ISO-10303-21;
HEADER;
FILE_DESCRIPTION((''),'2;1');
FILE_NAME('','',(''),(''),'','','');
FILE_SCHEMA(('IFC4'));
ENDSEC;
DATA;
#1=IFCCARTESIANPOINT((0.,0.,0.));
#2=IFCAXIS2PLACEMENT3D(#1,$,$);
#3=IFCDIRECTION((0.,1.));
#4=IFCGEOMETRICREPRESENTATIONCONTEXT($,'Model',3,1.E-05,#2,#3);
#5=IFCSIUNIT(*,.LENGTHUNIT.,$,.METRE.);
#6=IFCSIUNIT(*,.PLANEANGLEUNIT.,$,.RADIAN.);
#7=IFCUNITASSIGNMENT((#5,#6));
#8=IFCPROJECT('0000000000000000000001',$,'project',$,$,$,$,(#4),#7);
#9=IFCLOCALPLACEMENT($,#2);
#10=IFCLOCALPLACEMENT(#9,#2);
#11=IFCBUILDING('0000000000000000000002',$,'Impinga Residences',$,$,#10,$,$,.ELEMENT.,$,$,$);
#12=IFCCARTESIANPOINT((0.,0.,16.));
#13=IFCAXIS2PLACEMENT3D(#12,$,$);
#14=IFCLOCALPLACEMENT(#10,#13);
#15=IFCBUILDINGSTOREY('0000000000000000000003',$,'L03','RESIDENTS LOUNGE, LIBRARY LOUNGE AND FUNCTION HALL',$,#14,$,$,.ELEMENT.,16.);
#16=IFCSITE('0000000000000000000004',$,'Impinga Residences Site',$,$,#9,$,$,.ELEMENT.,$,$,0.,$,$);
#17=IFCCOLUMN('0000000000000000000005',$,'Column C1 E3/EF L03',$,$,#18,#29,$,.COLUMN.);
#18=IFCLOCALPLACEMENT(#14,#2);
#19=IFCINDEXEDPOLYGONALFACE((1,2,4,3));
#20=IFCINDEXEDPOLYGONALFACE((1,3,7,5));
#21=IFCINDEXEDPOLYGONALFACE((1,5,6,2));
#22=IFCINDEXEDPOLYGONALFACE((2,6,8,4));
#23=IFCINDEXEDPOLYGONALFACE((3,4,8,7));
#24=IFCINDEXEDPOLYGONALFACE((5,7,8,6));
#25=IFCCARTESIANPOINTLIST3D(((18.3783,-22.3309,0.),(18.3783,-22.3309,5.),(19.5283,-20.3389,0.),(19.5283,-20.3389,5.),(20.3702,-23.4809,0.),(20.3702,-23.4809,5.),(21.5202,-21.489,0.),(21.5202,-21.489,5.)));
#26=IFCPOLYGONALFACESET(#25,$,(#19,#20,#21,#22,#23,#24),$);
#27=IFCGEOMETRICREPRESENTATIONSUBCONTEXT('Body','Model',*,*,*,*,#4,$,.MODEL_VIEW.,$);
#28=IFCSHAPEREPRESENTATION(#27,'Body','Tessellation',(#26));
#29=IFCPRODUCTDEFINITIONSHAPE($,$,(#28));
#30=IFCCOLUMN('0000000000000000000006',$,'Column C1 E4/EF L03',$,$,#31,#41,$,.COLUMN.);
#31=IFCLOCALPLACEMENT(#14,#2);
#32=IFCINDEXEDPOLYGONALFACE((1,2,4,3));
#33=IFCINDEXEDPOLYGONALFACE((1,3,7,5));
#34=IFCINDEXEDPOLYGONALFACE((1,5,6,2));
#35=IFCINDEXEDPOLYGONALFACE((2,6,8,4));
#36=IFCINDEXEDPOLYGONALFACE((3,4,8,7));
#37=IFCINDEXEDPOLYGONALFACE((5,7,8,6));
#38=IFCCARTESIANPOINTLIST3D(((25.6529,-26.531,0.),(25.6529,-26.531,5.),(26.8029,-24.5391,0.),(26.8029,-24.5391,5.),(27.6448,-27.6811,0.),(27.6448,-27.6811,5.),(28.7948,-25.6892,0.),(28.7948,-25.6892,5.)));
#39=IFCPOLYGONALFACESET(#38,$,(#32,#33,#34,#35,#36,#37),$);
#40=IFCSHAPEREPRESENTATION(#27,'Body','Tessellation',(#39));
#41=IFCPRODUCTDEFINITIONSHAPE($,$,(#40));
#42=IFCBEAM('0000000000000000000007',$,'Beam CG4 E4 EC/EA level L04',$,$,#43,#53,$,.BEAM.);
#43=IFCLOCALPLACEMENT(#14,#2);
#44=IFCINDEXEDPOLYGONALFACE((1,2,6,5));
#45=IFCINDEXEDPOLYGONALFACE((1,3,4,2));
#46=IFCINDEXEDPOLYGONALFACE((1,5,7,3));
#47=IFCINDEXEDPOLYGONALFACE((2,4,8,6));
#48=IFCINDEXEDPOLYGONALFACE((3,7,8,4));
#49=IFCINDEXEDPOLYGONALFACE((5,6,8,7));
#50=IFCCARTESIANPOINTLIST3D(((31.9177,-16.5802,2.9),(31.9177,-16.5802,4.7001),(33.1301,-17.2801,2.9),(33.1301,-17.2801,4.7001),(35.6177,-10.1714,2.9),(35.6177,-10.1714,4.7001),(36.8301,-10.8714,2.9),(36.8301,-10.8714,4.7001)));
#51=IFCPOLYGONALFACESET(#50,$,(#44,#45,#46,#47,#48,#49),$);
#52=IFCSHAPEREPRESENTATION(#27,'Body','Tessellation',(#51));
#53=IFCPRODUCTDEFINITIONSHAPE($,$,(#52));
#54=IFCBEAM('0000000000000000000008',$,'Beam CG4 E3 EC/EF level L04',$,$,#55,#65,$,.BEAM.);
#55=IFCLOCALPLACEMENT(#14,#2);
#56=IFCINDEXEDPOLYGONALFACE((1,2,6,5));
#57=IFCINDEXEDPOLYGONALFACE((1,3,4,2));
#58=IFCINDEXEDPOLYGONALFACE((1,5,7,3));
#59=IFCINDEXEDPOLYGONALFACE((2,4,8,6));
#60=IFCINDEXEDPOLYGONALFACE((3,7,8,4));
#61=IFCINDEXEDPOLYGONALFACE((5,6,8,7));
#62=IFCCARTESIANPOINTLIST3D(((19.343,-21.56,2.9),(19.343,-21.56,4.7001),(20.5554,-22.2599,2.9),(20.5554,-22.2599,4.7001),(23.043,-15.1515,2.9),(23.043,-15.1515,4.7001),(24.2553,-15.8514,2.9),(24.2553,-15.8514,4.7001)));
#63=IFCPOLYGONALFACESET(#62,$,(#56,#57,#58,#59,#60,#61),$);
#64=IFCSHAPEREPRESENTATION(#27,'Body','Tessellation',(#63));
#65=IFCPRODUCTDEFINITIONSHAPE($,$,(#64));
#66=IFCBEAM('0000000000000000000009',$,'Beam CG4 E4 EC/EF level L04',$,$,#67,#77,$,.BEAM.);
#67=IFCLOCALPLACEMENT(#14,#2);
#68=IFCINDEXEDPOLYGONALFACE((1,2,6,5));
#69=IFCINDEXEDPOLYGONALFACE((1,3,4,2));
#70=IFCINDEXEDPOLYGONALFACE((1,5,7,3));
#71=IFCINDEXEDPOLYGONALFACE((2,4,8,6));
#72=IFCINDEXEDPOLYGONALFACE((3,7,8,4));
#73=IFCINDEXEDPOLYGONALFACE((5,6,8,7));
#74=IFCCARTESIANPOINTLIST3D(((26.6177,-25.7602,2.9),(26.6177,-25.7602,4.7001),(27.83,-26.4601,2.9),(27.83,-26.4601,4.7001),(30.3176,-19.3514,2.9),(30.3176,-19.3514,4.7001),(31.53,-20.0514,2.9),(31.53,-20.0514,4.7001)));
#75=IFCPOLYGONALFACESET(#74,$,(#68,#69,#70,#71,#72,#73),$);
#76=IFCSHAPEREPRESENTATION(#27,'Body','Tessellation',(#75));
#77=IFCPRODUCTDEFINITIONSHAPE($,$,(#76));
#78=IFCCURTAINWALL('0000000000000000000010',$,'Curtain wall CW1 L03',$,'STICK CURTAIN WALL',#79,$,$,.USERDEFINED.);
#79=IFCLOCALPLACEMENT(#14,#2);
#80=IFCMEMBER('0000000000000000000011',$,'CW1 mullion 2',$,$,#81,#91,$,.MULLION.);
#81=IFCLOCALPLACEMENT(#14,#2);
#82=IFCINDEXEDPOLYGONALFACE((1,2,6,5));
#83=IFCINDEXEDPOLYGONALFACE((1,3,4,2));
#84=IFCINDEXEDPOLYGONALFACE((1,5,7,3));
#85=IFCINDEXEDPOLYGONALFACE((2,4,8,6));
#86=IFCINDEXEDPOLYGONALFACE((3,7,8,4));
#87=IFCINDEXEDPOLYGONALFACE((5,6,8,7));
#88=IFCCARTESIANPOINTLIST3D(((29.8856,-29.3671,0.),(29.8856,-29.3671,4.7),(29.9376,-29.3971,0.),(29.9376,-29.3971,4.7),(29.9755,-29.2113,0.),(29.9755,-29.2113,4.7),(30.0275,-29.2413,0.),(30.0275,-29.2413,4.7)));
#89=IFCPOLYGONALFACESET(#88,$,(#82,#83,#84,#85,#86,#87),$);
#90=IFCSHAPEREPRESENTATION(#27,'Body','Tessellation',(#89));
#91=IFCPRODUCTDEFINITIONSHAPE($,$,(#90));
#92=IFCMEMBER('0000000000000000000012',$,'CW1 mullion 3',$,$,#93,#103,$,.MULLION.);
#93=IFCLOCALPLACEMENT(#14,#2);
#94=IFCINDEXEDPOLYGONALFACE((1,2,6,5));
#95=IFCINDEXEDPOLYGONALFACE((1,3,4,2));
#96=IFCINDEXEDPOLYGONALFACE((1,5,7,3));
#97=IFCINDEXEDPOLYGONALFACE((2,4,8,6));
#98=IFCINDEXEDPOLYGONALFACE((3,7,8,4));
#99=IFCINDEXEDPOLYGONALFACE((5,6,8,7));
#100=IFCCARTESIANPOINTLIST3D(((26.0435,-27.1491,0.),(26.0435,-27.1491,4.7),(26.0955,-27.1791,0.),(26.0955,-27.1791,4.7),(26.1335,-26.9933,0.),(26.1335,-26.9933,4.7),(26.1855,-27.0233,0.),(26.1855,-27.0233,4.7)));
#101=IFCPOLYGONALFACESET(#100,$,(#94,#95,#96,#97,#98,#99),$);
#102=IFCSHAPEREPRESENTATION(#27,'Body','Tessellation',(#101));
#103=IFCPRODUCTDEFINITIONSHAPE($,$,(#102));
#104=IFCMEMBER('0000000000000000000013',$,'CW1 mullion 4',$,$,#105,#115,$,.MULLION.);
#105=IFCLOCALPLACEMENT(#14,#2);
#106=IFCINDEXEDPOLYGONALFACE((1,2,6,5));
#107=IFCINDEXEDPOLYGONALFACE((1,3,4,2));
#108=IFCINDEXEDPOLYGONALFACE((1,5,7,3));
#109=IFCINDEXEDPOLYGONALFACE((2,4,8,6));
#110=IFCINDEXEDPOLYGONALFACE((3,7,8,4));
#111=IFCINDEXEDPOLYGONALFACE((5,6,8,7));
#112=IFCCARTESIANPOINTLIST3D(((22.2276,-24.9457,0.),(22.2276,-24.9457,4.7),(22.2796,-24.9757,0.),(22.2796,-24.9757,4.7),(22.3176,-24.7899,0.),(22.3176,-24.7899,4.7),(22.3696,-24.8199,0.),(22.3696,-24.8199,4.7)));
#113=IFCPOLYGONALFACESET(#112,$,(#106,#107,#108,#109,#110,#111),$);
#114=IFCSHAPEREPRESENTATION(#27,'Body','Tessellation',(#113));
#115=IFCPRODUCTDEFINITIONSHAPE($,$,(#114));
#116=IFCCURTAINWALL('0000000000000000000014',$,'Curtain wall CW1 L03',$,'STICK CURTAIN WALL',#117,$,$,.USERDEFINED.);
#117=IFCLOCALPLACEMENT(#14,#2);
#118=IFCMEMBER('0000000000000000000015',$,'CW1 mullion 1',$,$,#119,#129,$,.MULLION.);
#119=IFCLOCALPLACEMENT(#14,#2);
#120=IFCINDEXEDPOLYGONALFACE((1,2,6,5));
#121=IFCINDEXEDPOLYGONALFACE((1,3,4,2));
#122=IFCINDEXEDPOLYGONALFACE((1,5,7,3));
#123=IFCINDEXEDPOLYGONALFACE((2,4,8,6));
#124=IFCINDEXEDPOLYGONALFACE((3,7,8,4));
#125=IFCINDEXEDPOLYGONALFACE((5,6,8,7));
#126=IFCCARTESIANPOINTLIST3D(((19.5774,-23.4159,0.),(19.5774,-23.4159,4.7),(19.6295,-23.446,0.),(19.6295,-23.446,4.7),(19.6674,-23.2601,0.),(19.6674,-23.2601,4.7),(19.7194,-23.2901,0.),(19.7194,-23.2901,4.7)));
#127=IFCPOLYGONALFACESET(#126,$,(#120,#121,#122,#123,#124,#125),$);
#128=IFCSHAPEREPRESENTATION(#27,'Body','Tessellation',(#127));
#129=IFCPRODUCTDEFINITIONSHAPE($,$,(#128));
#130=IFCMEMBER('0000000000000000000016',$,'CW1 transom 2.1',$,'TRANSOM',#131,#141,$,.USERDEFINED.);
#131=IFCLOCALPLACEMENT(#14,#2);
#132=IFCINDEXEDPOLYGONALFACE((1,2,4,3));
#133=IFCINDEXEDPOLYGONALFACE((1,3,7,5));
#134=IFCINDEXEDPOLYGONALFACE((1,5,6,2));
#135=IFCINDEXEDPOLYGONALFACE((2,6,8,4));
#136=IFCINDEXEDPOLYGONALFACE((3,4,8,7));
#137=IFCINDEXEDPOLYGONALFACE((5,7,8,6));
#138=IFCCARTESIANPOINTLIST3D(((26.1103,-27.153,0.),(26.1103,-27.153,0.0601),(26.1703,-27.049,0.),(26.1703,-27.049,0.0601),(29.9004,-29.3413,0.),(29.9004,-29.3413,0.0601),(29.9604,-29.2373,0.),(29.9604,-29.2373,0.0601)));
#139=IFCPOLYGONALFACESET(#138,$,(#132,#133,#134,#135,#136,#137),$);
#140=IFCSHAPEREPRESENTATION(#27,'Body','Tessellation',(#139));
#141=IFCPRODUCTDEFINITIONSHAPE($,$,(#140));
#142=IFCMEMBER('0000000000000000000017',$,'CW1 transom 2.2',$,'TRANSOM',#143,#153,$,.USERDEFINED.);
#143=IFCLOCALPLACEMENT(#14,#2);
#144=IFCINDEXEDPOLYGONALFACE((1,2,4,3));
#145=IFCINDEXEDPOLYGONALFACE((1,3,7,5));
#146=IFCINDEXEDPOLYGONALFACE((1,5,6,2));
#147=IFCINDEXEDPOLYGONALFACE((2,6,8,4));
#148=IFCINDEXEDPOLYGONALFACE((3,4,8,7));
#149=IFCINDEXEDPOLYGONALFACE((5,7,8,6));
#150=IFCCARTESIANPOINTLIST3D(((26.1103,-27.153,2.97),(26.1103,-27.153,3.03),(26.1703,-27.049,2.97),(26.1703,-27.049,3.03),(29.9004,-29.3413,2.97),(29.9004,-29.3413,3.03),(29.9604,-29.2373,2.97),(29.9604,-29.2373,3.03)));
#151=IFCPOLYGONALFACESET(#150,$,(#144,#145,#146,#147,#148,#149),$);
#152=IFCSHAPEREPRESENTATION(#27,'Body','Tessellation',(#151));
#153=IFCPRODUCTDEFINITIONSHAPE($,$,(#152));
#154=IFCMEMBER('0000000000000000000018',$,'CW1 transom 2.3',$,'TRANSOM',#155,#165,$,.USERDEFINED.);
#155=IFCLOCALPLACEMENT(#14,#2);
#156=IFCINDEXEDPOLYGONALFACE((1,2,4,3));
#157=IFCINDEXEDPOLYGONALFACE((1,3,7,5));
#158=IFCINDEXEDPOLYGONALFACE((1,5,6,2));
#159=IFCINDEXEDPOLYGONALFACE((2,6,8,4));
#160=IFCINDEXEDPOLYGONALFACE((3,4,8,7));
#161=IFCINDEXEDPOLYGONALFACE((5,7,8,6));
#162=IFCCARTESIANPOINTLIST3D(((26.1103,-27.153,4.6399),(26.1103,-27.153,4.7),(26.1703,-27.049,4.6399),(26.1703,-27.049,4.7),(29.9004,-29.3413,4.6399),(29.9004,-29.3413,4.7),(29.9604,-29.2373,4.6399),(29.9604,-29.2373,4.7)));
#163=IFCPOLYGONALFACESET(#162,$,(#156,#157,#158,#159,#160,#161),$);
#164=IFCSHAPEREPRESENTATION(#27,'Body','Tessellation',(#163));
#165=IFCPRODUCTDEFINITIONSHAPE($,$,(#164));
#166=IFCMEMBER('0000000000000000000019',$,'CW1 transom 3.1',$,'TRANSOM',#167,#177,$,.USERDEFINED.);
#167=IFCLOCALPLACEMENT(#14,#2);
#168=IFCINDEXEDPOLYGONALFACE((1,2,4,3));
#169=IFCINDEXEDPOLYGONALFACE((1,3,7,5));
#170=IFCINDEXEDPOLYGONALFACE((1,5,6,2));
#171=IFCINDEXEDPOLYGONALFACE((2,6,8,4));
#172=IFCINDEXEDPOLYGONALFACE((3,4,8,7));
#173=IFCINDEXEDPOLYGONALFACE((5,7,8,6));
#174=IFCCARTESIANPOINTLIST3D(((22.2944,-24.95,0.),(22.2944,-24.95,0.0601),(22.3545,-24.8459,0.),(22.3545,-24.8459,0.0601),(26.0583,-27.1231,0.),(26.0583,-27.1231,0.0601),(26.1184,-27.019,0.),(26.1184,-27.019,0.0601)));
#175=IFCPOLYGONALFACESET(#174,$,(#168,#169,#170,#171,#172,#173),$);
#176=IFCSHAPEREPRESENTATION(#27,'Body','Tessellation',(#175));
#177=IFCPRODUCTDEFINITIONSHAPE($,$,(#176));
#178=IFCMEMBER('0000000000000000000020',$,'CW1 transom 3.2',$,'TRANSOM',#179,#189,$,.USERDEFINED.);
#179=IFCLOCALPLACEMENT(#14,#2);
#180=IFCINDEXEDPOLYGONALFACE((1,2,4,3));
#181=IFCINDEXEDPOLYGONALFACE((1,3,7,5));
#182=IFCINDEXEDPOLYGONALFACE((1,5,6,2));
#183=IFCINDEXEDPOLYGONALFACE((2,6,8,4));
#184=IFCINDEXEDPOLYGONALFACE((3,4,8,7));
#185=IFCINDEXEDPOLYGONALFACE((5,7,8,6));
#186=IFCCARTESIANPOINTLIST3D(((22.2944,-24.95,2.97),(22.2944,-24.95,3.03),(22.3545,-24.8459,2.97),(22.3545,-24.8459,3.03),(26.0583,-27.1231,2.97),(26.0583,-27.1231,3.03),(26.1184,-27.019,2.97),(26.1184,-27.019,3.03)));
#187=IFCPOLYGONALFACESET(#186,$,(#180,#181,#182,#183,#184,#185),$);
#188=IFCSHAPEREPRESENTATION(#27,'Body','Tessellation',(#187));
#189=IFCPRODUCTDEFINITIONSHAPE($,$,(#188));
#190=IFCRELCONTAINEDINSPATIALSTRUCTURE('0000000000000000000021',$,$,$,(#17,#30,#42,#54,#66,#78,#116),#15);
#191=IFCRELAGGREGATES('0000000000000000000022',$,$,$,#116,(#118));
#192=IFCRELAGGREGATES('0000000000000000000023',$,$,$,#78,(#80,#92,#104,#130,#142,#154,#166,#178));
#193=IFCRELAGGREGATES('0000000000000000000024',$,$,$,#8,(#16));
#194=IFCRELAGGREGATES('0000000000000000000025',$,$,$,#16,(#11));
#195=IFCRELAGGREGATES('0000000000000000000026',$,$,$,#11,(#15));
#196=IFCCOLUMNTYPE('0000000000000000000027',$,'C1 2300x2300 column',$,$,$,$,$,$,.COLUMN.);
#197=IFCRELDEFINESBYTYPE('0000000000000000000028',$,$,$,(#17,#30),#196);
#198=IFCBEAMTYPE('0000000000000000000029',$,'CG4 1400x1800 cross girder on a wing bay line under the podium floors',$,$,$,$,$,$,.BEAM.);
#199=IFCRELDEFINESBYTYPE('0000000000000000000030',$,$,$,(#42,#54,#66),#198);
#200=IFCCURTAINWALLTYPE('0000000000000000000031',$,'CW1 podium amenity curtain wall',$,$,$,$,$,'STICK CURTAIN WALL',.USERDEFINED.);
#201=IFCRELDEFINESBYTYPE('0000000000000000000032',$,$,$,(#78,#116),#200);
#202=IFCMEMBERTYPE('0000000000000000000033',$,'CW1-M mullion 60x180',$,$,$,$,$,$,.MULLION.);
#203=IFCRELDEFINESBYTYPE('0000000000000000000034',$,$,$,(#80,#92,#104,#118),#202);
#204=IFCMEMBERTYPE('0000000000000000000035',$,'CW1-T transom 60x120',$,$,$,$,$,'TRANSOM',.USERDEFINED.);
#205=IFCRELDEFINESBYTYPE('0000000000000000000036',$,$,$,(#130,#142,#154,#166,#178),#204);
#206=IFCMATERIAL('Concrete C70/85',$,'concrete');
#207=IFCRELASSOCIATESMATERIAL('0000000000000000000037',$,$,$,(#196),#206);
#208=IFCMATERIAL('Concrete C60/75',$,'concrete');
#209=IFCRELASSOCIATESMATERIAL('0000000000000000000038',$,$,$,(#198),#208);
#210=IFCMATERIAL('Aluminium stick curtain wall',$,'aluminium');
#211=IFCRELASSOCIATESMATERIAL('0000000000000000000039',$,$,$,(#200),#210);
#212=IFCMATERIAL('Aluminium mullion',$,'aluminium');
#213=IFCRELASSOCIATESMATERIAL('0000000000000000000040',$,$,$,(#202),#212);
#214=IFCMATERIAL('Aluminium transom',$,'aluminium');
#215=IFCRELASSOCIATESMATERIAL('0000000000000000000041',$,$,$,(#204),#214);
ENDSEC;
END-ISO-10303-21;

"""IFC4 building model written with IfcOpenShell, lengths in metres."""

from ifc_helpers import new_model, si_unit, direction, frame, origin, origin_2d, place, context, subcontext, project, spatial, rectangle, extrude, material, material_profile, profile_set, type_object, element, aggregate, save


model = new_model("IFC4")

# Units and contexts
model_context = context("Model", 3, precision=1e-05, world=origin(), true_north=direction((0.0, 1.0)))
body_context = subcontext(model_context, "Body", "Model", "MODEL_VIEW")
ifc_project = project(units=[si_unit("LENGTHUNIT", "METRE"), si_unit("PLANEANGLEUNIT", "RADIAN")], contexts=[model_context])

# Site, building, storey
site_placement = place(None, origin())
site = spatial("IfcSite", under=ifc_project, at=site_placement, Name="Impinga Residences Site", CompositionType="ELEMENT", RefElevation=0.0)
building_placement = place(site_placement, origin())
building = spatial("IfcBuilding", under=site, at=building_placement, Name="Impinga Residences", CompositionType="ELEMENT")
storey_placement = place(building_placement, frame((0.0, 0.0, 16.0)))
storey = spatial("IfcBuildingStorey", under=building, at=storey_placement, Name="L03", Description="RESIDENTS LOUNGE, LIBRARY LOUNGE AND FUNCTION HALL", CompositionType="ELEMENT", Elevation=16.0)

# Columns
ifc_material_1 = material(Name="Concrete C70/85", Category="concrete")
ifc_material_profile_1 = material_profile(ifc_material_1, rectangle(XDim=2.3, YDim=2.3, at=origin_2d()), Name="RC 2300x2300")
ifc_profile_set_1 = profile_set([ifc_material_profile_1], Name="Concrete C70/85")
column_type = type_object("IfcColumnType", Name="C1 2300x2300 column", PredefinedType="COLUMN", material=ifc_profile_set_1)
for number, where, z_axis, x_axis, name in (
    (1, (19.9492, -21.9099, 0.0), (0.0, 0.0, 1.0), (-0.5, -0.866025, 0.0), "Column C1 E3/EF L03"),
    (2, (27.2239, -26.1101, 0.0), (0.0, 0.0, 1.0), (-0.5, -0.866025, 0.0), "Column C1 E4/EF L03"),
):
    element("IfcColumn", number, at=place(storey_placement, frame(where, z_axis=z_axis, x_axis=x_axis)), inside=storey, type_object=column_type, Name=name, PredefinedType="COLUMN", context=body_context, shape_type="SweptSolid", body=[
        extrude(rectangle(XDim=2.3, YDim=2.3, at=origin_2d()), origin(), (0.0, 0.0, 1.0), 5.0),
    ])

# Beams
ifc_material_2 = material(Name="Concrete C60/75", Category="concrete")
ifc_material_profile_2 = material_profile(ifc_material_2, rectangle(XDim=1.3999, YDim=1.8, at=origin_2d()), Name="RC 1400x1800")
ifc_profile_set_2 = profile_set([ifc_material_profile_2], Name="Concrete C60/75")
beam_type_1 = type_object("IfcBeamType", Name="CG4 1400x1800 cross girder on a wing bay line under the podium floors", PredefinedType="BEAM", material=ifc_profile_set_2)
beam_1_placement = place(storey_placement, frame((32.5239, -16.9302, 3.8), z_axis=(0.499989, 0.866032, 0.0), x_axis=(-0.866032, 0.499989, 0.0)))
element("IfcBeam", 3, at=beam_1_placement, inside=storey, type_object=beam_type_1, Name="Beam CG4 E4 EC/EA level L04", PredefinedType="BEAM", context=body_context, shape_type="SweptSolid", body=[
    extrude(rectangle(XDim=1.3999, YDim=1.8, at=origin_2d()), origin(), (0.0, 0.0, 1.0), 7.4001),
])
beam_2_placement = place(storey_placement, frame((23.6492, -15.5015, 3.8), z_axis=(-0.500003, -0.866024, 0.0), x_axis=(0.866024, -0.500003, 0.0)))
element("IfcBeam", 4, at=beam_2_placement, inside=storey, type_object=beam_type_1, Name="Beam CG4 E3 EC/EF level L04", PredefinedType="BEAM", context=body_context, shape_type="SweptSolid", body=[
    extrude(rectangle(XDim=1.3999, YDim=1.8, at=origin_2d()), origin(), (0.0, 0.0, 1.0), 7.3999),
])
beam_3_placement = place(storey_placement, frame((30.9238, -19.7014, 3.8), z_axis=(-0.499989, -0.866032, 0.0), x_axis=(0.866032, -0.499989, 0.0)))
element("IfcBeam", 5, at=beam_3_placement, inside=storey, type_object=beam_type_1, Name="Beam CG4 E4 EC/EF level L04", PredefinedType="BEAM", context=body_context, shape_type="SweptSolid", body=[
    extrude(rectangle(XDim=1.3999, YDim=1.8, at=origin_2d()), origin(), (0.0, 0.0, 1.0), 7.4001),
])

# Curtain wall, members
ifc_material_3 = material(Name="Aluminium stick curtain wall", Category="aluminium")
curtain_wall_type = type_object("IfcCurtainWallType", Name="CW1 podium amenity curtain wall", ElementType="STICK CURTAIN WALL", PredefinedType="USERDEFINED", material=ifc_material_3)
curtain_wall_1_placement = place(storey_placement, origin())
curtain_wall_1 = element("IfcCurtainWall", 6, at=curtain_wall_1_placement, inside=storey, type_object=curtain_wall_type, Name="Curtain wall CW1 L03", ObjectType="STICK CURTAIN WALL", PredefinedType="USERDEFINED")
ifc_material_4 = material(Name="Aluminium mullion", Category="aluminium")
ifc_material_profile_3 = material_profile(ifc_material_4, rectangle(XDim=0.0601, YDim=0.1799, at=origin_2d()), Name="60x180 mullion")
ifc_profile_set_3 = profile_set([ifc_material_profile_3], Name="Aluminium mullion")
member_type_1 = type_object("IfcMemberType", Name="CW1-M mullion 60x180", PredefinedType="MULLION", material=ifc_profile_set_3)
member_1_placement = place(storey_placement, frame((29.9565, -29.3042, 0.0), z_axis=(0.0, 0.0, 1.0), x_axis=(-0.866025, 0.5, 0.0)))
member_1 = element("IfcMember", 7, at=member_1_placement, type_object=member_type_1, Name="CW1 mullion 2", PredefinedType="MULLION", context=body_context, shape_type="SweptSolid", body=[
    extrude(rectangle(XDim=0.0601, YDim=0.1799, at=origin_2d()), origin(), (0.0, 0.0, 1.0), 4.7),
])
member_2_placement = place(storey_placement, frame((26.1145, -27.0862, 0.0), z_axis=(0.0, 0.0, 1.0), x_axis=(-0.866025, 0.5, 0.0)))
member_2 = element("IfcMember", 8, at=member_2_placement, type_object=member_type_1, Name="CW1 mullion 3", PredefinedType="MULLION", context=body_context, shape_type="SweptSolid", body=[
    extrude(rectangle(XDim=0.0601, YDim=0.1799, at=origin_2d()), origin(), (0.0, 0.0, 1.0), 4.7),
])
member_3_placement = place(storey_placement, frame((22.2986, -24.8828, 0.0), z_axis=(0.0, 0.0, 1.0), x_axis=(-0.866025, 0.5, 0.0)))
member_3 = element("IfcMember", 9, at=member_3_placement, type_object=member_type_1, Name="CW1 mullion 4", PredefinedType="MULLION", context=body_context, shape_type="SweptSolid", body=[
    extrude(rectangle(XDim=0.0601, YDim=0.1799, at=origin_2d()), origin(), (0.0, 0.0, 1.0), 4.7),
])

# Curtain wall, member
curtain_wall_2_placement = place(storey_placement, origin())
curtain_wall_2 = element("IfcCurtainWall", 10, at=curtain_wall_2_placement, inside=storey, type_object=curtain_wall_type, Name="Curtain wall CW1 L03", ObjectType="STICK CURTAIN WALL", PredefinedType="USERDEFINED")
member_4_placement = place(storey_placement, frame((19.6484, -23.353, 0.0), z_axis=(0.0, 0.0, 1.0), x_axis=(-0.866025, 0.5, 0.0)))
member_4 = element("IfcMember", 11, at=member_4_placement, type_object=member_type_1, Name="CW1 mullion 1", PredefinedType="MULLION", context=body_context, shape_type="SweptSolid", body=[
    extrude(rectangle(XDim=0.0601, YDim=0.1799, at=origin_2d()), origin(), (0.0, 0.0, 1.0), 4.7),
])
aggregate(curtain_wall_2, [member_4])

# Members
ifc_material_5 = material(Name="Aluminium transom", Category="aluminium")
ifc_material_profile_4 = material_profile(ifc_material_5, rectangle(XDim=0.0601, YDim=0.1201, at=origin_2d()), Name="60x120 transom")
ifc_profile_set_4 = profile_set([ifc_material_profile_4], Name="Aluminium transom")
member_type_2 = type_object("IfcMemberType", Name="CW1-T transom 60x120", ElementType="TRANSOM", PredefinedType="USERDEFINED", material=ifc_profile_set_4)
member_5_placement = place(storey_placement, frame((29.9304, -29.2893, 0.03), z_axis=(-0.86602, 0.500009, 0.0), x_axis=(0.0, 0.0, 1.0)))
member_5 = element("IfcMember", 12, at=member_5_placement, type_object=member_type_2, Name="CW1 transom 2.1", ObjectType="TRANSOM", PredefinedType="USERDEFINED", context=body_context, shape_type="SweptSolid", body=[
    extrude(rectangle(XDim=0.0601, YDim=0.1201, at=origin_2d()), origin(), (0.0, 0.0, 1.0), 4.3765),
])
member_6_placement = place(storey_placement, frame((29.9304, -29.2893, 3.0), z_axis=(-0.86602, 0.500009, 0.0), x_axis=(0.0, 0.0, 1.0)))
member_6 = element("IfcMember", 13, at=member_6_placement, type_object=member_type_2, Name="CW1 transom 2.2", ObjectType="TRANSOM", PredefinedType="USERDEFINED", context=body_context, shape_type="SweptSolid", body=[
    extrude(rectangle(XDim=0.0601, YDim=0.1201, at=origin_2d()), origin(), (0.0, 0.0, 1.0), 4.3765),
])
member_7_placement = place(storey_placement, frame((29.9304, -29.2893, 4.6699), z_axis=(-0.86602, 0.500009, 0.0), x_axis=(0.0, 0.0, 1.0)))
member_7 = element("IfcMember", 14, at=member_7_placement, type_object=member_type_2, Name="CW1 transom 2.3", ObjectType="TRANSOM", PredefinedType="USERDEFINED", context=body_context, shape_type="SweptSolid", body=[
    extrude(rectangle(XDim=0.0601, YDim=0.1201, at=origin_2d()), origin(), (0.0, 0.0, 1.0), 4.3765),
])
member_8_placement = place(storey_placement, frame((26.0884, -27.071, 0.03), z_axis=(-0.866026, 0.5, 0.0), x_axis=(0.0, 0.0, 1.0)))
member_8 = element("IfcMember", 15, at=member_8_placement, type_object=member_type_2, Name="CW1 transom 3.1", ObjectType="TRANSOM", PredefinedType="USERDEFINED", context=body_context, shape_type="SweptSolid", body=[
    extrude(rectangle(XDim=0.0601, YDim=0.1201, at=origin_2d()), origin(), (0.0, 0.0, 1.0), 4.3462),
])
member_9_placement = place(storey_placement, frame((26.0884, -27.071, 3.0), z_axis=(-0.866026, 0.5, 0.0), x_axis=(0.0, 0.0, 1.0)))
member_9 = element("IfcMember", 16, at=member_9_placement, type_object=member_type_2, Name="CW1 transom 3.2", ObjectType="TRANSOM", PredefinedType="USERDEFINED", context=body_context, shape_type="SweptSolid", body=[
    extrude(rectangle(XDim=0.0601, YDim=0.1201, at=origin_2d()), origin(), (0.0, 0.0, 1.0), 4.3462),
])

aggregate(curtain_wall_1, [member_1, member_2, member_3, member_5, member_6, member_7, member_8, member_9])

save(model, "model.ifc")
